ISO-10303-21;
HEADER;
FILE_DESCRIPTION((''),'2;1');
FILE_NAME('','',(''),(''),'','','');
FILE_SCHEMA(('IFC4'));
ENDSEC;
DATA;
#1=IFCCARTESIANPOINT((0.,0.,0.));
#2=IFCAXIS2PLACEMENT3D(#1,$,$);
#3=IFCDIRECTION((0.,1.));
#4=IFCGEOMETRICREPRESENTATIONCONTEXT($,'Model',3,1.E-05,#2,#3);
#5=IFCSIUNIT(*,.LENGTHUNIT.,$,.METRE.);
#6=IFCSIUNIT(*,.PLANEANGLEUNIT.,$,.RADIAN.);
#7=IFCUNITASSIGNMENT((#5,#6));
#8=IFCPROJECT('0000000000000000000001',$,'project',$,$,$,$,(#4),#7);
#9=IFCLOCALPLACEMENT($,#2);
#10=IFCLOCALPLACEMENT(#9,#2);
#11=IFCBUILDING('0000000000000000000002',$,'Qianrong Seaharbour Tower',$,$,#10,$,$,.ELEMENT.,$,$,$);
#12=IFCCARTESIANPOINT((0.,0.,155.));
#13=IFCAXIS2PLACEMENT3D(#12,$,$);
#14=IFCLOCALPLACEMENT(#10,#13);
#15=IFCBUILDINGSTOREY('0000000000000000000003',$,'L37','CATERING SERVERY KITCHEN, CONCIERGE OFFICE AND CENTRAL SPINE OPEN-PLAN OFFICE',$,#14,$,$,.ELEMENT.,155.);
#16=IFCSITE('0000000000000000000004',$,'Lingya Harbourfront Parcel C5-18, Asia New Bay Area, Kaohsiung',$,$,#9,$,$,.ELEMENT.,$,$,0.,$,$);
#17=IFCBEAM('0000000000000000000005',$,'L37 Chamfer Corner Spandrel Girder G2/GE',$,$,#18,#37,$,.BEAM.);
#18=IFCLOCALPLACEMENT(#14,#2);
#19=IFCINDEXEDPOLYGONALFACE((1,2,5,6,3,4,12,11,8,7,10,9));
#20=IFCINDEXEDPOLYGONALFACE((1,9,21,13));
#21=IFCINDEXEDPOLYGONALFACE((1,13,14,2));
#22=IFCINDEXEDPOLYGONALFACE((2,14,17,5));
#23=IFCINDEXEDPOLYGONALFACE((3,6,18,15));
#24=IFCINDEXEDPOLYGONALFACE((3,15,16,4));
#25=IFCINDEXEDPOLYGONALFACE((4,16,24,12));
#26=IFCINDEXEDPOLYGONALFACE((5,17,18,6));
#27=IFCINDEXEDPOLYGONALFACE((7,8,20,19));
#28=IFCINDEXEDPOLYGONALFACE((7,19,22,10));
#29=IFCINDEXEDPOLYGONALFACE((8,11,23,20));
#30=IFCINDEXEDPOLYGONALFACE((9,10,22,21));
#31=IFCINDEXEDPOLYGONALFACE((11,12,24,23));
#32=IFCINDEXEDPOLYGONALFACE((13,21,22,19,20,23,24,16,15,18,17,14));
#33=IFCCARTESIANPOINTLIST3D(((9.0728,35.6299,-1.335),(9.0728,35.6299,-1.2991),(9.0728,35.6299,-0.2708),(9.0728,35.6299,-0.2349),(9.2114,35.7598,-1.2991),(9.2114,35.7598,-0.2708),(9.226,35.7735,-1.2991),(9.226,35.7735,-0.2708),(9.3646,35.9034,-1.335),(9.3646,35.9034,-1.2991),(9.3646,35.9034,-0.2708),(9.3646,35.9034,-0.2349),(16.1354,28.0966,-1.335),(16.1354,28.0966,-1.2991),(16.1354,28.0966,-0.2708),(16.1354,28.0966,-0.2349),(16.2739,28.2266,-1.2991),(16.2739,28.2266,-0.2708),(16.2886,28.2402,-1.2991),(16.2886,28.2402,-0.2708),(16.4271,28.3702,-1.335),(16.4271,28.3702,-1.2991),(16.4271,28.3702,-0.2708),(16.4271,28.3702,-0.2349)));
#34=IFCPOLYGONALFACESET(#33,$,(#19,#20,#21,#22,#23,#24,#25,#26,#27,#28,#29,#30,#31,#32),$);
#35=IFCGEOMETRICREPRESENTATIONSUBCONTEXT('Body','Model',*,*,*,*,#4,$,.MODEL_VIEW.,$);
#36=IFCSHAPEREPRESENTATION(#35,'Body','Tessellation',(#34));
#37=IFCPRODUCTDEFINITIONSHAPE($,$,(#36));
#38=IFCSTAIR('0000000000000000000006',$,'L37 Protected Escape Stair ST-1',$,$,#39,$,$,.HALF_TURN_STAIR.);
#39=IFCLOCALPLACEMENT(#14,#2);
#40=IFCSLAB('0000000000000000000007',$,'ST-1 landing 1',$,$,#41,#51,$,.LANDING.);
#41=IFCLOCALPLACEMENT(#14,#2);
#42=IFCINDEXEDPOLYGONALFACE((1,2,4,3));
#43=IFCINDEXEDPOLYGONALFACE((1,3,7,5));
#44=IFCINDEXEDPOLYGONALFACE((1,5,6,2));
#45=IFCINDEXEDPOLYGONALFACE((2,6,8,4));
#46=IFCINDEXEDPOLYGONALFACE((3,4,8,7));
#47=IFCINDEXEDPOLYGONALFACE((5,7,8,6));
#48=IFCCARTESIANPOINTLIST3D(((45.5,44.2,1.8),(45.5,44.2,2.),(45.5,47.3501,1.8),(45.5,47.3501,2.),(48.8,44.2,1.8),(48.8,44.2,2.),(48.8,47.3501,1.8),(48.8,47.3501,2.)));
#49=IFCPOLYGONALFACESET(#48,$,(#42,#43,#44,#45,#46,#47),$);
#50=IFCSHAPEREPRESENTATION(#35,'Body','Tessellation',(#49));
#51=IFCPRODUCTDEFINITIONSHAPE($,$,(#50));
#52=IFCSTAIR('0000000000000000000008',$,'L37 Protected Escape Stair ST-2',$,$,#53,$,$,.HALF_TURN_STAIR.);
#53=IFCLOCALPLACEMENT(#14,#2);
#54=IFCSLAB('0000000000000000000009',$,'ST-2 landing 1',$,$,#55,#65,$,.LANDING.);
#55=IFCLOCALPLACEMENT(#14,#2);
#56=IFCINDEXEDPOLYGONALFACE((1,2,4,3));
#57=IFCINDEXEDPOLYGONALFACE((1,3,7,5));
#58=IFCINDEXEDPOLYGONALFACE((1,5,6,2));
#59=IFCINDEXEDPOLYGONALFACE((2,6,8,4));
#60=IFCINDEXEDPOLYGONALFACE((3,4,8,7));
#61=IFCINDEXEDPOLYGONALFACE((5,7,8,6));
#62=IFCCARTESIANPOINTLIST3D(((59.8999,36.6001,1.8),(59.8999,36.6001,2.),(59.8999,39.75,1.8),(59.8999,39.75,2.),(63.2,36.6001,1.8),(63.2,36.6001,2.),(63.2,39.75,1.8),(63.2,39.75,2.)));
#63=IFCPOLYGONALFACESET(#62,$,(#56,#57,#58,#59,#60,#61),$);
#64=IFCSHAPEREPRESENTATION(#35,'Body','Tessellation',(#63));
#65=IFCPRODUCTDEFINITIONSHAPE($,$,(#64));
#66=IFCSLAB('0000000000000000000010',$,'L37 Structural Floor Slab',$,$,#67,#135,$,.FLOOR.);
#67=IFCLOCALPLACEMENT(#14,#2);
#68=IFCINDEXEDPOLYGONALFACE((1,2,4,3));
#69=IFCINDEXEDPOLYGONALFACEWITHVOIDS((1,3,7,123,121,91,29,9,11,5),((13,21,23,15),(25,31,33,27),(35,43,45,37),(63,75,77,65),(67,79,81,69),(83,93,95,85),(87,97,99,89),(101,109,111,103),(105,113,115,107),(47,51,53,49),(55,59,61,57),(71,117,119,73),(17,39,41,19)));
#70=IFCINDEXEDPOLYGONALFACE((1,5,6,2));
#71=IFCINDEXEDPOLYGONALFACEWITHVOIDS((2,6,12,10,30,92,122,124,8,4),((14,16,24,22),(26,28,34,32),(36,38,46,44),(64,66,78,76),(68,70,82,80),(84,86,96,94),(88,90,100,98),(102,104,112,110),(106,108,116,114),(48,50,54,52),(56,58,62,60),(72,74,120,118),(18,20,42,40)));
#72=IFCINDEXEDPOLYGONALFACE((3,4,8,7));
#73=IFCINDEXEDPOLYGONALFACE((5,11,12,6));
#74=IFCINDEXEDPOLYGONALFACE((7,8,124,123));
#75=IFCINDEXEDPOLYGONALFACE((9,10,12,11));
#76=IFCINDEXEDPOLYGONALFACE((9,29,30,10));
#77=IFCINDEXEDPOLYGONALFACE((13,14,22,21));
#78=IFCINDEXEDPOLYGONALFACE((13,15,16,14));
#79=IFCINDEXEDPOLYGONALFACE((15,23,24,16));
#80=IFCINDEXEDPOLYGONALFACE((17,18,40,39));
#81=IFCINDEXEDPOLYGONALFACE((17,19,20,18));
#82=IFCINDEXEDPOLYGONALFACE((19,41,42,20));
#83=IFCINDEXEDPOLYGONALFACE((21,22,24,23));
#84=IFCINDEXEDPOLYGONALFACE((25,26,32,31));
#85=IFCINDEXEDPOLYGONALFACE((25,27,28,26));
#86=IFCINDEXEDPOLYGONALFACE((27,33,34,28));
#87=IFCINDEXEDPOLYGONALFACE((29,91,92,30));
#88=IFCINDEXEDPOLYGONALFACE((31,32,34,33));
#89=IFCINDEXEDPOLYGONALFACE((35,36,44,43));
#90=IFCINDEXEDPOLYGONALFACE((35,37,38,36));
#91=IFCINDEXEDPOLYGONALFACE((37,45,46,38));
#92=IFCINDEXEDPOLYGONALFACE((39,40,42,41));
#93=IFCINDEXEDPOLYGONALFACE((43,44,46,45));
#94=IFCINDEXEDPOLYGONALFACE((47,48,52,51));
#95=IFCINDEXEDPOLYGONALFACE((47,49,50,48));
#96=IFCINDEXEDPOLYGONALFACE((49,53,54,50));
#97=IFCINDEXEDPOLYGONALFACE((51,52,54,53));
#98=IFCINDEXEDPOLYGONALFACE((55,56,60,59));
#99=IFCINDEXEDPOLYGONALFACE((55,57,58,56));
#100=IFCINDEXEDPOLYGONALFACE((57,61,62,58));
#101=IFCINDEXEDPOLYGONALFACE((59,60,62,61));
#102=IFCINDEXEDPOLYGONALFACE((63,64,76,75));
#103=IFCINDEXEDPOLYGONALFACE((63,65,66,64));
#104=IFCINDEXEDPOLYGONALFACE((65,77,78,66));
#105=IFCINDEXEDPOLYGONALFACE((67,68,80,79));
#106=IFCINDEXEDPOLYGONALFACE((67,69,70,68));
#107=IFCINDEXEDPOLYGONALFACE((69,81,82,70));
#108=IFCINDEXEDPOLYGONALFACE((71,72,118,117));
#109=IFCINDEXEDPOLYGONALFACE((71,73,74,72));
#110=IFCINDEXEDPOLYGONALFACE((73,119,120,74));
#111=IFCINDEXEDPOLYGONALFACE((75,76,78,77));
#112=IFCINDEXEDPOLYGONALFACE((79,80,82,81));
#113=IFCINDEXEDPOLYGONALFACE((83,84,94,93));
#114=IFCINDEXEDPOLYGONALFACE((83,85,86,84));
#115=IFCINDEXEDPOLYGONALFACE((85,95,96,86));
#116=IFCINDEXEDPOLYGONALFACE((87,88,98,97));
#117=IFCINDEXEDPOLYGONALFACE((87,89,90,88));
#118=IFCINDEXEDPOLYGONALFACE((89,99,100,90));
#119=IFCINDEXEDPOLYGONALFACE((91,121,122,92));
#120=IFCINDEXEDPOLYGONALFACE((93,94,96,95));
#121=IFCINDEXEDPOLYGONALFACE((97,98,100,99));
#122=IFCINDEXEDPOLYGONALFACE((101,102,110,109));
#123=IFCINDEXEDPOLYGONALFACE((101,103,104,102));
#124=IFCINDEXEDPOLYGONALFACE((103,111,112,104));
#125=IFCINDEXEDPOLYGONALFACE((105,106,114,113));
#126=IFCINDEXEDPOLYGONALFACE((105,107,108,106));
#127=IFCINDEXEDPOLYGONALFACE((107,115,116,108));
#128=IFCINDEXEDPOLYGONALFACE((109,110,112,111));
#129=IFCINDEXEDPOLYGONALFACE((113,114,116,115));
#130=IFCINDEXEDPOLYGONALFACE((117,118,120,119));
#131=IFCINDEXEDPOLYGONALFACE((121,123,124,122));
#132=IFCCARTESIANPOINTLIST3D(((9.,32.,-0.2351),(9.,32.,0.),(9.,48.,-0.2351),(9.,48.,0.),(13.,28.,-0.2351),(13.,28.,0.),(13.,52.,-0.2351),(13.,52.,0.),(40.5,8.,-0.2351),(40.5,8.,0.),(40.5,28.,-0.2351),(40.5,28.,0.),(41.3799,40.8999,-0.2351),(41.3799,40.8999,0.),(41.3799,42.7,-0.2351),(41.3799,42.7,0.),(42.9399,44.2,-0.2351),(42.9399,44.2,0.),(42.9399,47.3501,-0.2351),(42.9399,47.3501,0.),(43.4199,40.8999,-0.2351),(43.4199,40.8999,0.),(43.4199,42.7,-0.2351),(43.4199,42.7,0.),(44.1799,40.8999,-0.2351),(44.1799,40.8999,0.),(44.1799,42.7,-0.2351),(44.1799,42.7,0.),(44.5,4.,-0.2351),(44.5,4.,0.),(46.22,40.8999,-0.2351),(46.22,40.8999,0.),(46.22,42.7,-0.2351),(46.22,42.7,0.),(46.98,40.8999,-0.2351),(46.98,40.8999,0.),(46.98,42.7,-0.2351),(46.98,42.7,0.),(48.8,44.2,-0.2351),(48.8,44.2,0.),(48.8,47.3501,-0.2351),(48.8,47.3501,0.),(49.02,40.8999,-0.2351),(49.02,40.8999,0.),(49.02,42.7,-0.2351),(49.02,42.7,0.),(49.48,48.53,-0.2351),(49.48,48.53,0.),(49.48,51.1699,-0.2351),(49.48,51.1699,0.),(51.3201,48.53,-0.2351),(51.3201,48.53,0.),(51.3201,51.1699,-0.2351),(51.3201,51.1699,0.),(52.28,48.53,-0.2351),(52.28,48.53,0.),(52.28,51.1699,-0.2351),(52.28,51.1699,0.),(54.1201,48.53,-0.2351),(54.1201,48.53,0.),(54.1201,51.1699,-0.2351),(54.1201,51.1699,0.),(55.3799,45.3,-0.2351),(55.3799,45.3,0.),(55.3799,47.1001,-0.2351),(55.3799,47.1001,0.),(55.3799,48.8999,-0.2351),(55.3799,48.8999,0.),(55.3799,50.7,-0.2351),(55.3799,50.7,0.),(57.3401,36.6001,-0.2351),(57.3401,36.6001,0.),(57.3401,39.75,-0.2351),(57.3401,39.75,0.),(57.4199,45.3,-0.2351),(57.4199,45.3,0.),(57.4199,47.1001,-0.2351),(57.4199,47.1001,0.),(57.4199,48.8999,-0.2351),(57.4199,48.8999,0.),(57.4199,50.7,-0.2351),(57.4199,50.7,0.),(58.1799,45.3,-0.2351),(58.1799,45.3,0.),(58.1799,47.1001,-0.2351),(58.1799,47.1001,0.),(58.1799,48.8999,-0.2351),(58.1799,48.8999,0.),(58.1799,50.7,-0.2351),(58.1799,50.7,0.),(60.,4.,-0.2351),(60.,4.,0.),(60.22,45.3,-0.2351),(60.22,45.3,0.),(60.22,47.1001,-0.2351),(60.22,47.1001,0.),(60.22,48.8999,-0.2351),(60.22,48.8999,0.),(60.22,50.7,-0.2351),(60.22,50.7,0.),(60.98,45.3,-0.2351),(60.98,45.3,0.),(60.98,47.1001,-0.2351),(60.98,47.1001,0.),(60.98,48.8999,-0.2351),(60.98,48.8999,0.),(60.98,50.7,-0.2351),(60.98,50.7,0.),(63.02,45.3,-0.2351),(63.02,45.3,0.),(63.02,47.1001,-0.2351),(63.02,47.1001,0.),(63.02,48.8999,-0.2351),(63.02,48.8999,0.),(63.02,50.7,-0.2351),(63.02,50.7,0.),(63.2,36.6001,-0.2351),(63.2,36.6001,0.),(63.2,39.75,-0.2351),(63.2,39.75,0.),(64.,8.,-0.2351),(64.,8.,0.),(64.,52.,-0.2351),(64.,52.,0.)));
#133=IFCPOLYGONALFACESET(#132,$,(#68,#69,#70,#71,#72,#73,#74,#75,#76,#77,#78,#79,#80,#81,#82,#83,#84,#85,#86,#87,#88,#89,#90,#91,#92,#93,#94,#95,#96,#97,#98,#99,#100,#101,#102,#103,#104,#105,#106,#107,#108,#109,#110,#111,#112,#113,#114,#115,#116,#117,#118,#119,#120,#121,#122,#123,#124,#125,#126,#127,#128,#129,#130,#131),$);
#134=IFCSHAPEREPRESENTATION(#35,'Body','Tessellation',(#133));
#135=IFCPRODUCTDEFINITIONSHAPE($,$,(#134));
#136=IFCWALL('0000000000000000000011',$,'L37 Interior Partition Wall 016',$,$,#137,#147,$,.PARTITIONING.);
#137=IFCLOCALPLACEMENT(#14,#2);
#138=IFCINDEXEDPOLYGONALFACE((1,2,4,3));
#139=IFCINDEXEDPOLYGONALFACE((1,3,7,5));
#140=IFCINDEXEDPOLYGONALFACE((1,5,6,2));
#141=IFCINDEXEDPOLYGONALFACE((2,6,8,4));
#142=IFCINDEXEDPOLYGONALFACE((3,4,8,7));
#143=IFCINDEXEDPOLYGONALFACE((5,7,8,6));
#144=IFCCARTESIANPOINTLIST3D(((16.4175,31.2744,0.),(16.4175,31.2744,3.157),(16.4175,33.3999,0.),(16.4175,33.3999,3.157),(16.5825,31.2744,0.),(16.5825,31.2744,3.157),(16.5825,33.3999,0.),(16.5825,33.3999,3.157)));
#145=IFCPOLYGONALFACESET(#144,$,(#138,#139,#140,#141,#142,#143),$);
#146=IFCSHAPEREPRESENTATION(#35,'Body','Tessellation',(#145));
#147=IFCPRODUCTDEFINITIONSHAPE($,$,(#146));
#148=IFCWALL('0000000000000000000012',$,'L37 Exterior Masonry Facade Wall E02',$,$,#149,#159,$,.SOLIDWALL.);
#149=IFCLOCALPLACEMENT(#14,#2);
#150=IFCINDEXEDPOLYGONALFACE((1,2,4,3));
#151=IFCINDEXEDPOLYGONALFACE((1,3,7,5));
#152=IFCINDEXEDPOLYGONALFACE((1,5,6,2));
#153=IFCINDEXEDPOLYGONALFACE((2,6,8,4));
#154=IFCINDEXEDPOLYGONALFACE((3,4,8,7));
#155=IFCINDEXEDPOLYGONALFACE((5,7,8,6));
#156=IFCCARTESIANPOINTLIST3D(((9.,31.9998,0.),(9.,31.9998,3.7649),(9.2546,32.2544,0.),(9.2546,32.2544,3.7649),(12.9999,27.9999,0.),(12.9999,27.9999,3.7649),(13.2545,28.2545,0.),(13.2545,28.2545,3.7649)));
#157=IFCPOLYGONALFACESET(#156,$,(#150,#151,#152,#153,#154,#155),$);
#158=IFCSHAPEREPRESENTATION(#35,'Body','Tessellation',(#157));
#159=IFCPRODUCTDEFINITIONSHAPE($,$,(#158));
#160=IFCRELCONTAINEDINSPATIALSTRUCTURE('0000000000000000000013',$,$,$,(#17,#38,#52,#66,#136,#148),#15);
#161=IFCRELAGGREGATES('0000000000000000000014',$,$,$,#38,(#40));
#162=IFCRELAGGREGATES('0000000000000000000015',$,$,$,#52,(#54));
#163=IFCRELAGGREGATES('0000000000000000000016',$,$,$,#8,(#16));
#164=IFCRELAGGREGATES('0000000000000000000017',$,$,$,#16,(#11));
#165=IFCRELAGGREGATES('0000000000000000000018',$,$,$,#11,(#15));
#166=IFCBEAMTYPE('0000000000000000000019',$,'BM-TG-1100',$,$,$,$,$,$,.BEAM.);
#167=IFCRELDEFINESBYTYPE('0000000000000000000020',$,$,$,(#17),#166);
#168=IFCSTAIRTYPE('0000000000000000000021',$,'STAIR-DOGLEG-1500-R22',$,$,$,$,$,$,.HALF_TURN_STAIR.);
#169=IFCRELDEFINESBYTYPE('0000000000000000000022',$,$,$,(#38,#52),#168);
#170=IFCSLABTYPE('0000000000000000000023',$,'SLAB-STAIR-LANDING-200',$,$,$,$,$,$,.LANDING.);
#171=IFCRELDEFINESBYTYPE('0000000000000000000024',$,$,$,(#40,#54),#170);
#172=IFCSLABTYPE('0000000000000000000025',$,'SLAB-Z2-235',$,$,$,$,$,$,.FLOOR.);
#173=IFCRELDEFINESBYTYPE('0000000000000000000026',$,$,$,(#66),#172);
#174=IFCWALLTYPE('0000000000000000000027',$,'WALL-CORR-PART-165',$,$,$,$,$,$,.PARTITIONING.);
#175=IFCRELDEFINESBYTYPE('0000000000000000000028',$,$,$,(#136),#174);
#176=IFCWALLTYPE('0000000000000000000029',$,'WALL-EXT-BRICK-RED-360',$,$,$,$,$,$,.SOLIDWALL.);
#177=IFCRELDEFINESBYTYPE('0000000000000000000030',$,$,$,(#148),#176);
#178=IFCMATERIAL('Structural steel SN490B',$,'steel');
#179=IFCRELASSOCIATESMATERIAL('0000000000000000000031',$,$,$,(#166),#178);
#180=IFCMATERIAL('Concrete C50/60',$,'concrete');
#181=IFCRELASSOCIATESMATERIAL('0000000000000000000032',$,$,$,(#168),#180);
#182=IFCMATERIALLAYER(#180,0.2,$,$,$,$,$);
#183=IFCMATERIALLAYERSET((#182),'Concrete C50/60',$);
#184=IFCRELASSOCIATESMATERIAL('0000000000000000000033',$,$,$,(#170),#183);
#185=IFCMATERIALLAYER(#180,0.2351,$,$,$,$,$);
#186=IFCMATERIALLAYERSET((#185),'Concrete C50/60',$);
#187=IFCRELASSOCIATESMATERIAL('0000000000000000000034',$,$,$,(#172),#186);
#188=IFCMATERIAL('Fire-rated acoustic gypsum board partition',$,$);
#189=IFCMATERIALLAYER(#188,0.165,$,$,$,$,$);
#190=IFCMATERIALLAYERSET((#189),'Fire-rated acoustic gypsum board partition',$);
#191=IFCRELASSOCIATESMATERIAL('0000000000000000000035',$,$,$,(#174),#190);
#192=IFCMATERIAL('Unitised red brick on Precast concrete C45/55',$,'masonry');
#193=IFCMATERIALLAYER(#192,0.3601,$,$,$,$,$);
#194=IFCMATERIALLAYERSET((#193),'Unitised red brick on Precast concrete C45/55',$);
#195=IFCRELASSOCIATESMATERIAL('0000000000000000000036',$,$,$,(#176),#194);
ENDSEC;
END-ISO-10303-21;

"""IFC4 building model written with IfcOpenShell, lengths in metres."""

from ifc_helpers import new_model, si_unit, direction, frame, frame_2d, origin, origin_2d, place, context, subcontext, project, spatial, polyline, rectangle, i_section, outline, extrude, material, layer, layer_set, material_profile, profile_set, type_object, element, aggregate, save


model = new_model("IFC4")

# Units and contexts
model_context = context("Model", 3, precision=1e-05, world=origin(), true_north=direction((0.0, 1.0)))
body_context = subcontext(model_context, "Body", "Model", "MODEL_VIEW")
ifc_project = project(units=[si_unit("LENGTHUNIT", "METRE"), si_unit("PLANEANGLEUNIT", "RADIAN")], contexts=[model_context])

# Site, building, storey
site_placement = place(None, origin())
site = spatial("IfcSite", under=ifc_project, at=site_placement, Name="Lingya Harbourfront Parcel C5-18, Asia New Bay Area, Kaohsiung", CompositionType="ELEMENT", RefElevation=0.0)
building_placement = place(site_placement, origin())
building = spatial("IfcBuilding", under=site, at=building_placement, Name="Qianrong Seaharbour Tower", CompositionType="ELEMENT")
storey_placement = place(building_placement, frame((0.0, 0.0, 155.0)))
storey = spatial("IfcBuildingStorey", under=building, at=storey_placement, Name="L37", Description="CATERING SERVERY KITCHEN, CONCIERGE OFFICE AND CENTRAL SPINE OPEN-PLAN OFFICE", CompositionType="ELEMENT", Elevation=155.0)

# Shared definitions
ifc_material_1 = material(Name="Structural steel SN490B", Category="steel")

# Beam
ifc_material_profile_1 = material_profile(ifc_material_1, i_section(OverallWidth=0.3999, OverallDepth=1.1001, WebThickness=0.02, FlangeThickness=0.0359, at=origin_2d()), Name="BH1100x400x20x36")
ifc_profile_set_1 = profile_set([ifc_material_profile_1], Name="Structural steel SN490B")
beam_type_1 = type_object("IfcBeamType", Name="BM-TG-1100", PredefinedType="BEAM", material=ifc_profile_set_1)
beam_1_placement = place(storey_placement, frame((16.2812, 28.2334, -0.7849), z_axis=(-0.683947, 0.729531, 0.0), x_axis=(-0.729531, -0.683947, 0.0)))
element("IfcBeam", 1, at=beam_1_placement, inside=storey, type_object=beam_type_1, Name="L37 Chamfer Corner Spandrel Girder G2/GE", PredefinedType="BEAM", context=body_context, shape_type="SweptSolid", body=[
    extrude(i_section(OverallWidth=0.3999, OverallDepth=1.1001, WebThickness=0.02, FlangeThickness=0.0359, at=origin_2d()), origin(), (0.0, 0.0, 1.0), 10.3262),
])

# Stairs, slabs
ifc_material_2 = material(Name="Concrete C50/60", Category="concrete")
stair_type = type_object("IfcStairType", Name="STAIR-DOGLEG-1500-R22", PredefinedType="HALF_TURN_STAIR", material=ifc_material_2)
stair_1_placement = place(storey_placement, origin())
stair_1 = element("IfcStair", 2, at=stair_1_placement, inside=storey, type_object=stair_type, Name="L37 Protected Escape Stair ST-1", PredefinedType="HALF_TURN_STAIR")
ifc_layer_1 = layer(ifc_material_2, 0.2)
ifc_layer_set_1 = layer_set([ifc_layer_1], Name="Concrete C50/60")
slab_type_1 = type_object("IfcSlabType", Name="SLAB-STAIR-LANDING-200", PredefinedType="LANDING", material=ifc_layer_set_1)
slab_1_placement = place(storey_placement, frame((0.0, 0.0, 1.8)))
slab_1 = element("IfcSlab", 3, at=slab_1_placement, type_object=slab_type_1, Name="ST-1 landing 1", PredefinedType="LANDING", context=body_context, shape_type="SweptSolid", body=[
    extrude(outline(polyline([(45.5, 44.2), (48.8, 44.2), (48.8, 47.3501), (45.5, 47.3501), (45.5, 44.2)])), origin(), (0.0, 0.0, 1.0), 0.2),
])
aggregate(stair_1, [slab_1])
stair_2_placement = place(storey_placement, origin())
stair_2 = element("IfcStair", 4, at=stair_2_placement, inside=storey, type_object=stair_type, Name="L37 Protected Escape Stair ST-2", PredefinedType="HALF_TURN_STAIR")
slab_2_placement = place(storey_placement, frame((0.0, 0.0, 1.8)))
slab_2 = element("IfcSlab", 5, at=slab_2_placement, type_object=slab_type_1, Name="ST-2 landing 1", PredefinedType="LANDING", context=body_context, shape_type="SweptSolid", body=[
    extrude(outline(polyline([(59.8999, 36.6001), (63.2, 36.6001), (63.2, 39.75), (59.8999, 39.75), (59.8999, 36.6001)])), origin(), (0.0, 0.0, 1.0), 0.2),
])
aggregate(stair_2, [slab_2])

# Slab
ifc_layer_2 = layer(ifc_material_2, 0.2351)
ifc_layer_set_2 = layer_set([ifc_layer_2], Name="Concrete C50/60")
slab_type_2 = type_object("IfcSlabType", Name="SLAB-Z2-235", PredefinedType="FLOOR", material=ifc_layer_set_2)
slab_3_placement = place(storey_placement, frame((0.0, 0.0, -0.2351)))
element("IfcSlab", 6, at=slab_3_placement, inside=storey, type_object=slab_type_2, Name="L37 Structural Floor Slab", PredefinedType="FLOOR", context=body_context, shape_type="SweptSolid", body=[
    extrude(outline(polyline([(44.5, 4.0), (60.0, 4.0), (64.0, 8.0), (64.0, 52.0), (13.0, 52.0), (9.0, 48.0), (9.0, 32.0), (13.0, 28.0), (40.5, 28.0), (40.5, 8.0), (44.5, 4.0)]), holes=[polyline([(42.9399, 44.2), (42.9399, 47.3501), (48.8, 47.3501), (48.8, 44.2), (42.9399, 44.2)]), polyline([(57.3401, 36.6001), (57.3401, 39.75), (63.2, 39.75), (63.2, 36.6001), (57.3401, 36.6001)]), polyline([(49.48, 48.53), (49.48, 51.1699), (51.3201, 51.1699), (51.3201, 48.53), (49.48, 48.53)]), polyline([(52.28, 48.53), (52.28, 51.1699), (54.1201, 51.1699), (54.1201, 48.53), (52.28, 48.53)]), polyline([(41.3799, 40.8999), (41.3799, 42.7), (43.4199, 42.7), (43.4199, 40.8999), (41.3799, 40.8999)]), polyline([(44.1799, 40.8999), (44.1799, 42.7), (46.22, 42.7), (46.22, 40.8999), (44.1799, 40.8999)]), polyline([(46.98, 40.8999), (46.98, 42.7), (49.02, 42.7), (49.02, 40.8999), (46.98, 40.8999)]), polyline([(55.3799, 45.3), (55.3799, 47.1001), (57.4199, 47.1001), (57.4199, 45.3), (55.3799, 45.3)]), polyline([(58.1799, 45.3), (58.1799, 47.1001), (60.22, 47.1001), (60.22, 45.3), (58.1799, 45.3)]), polyline([(60.98, 45.3), (60.98, 47.1001), (63.02, 47.1001), (63.02, 45.3), (60.98, 45.3)]), polyline([(55.3799, 48.8999), (55.3799, 50.7), (57.4199, 50.7), (57.4199, 48.8999), (55.3799, 48.8999)]), polyline([(58.1799, 48.8999), (58.1799, 50.7), (60.22, 50.7), (60.22, 48.8999), (58.1799, 48.8999)]), polyline([(60.98, 48.8999), (60.98, 50.7), (63.02, 50.7), (63.02, 48.8999), (60.98, 48.8999)])]), origin(), (0.0, 0.0, 1.0), 0.2351),
])

# Walls
ifc_material_3 = material(Name="Fire-rated acoustic gypsum board partition")
ifc_layer_3 = layer(ifc_material_3, 0.165)
ifc_layer_set_3 = layer_set([ifc_layer_3], Name="Fire-rated acoustic gypsum board partition")
wall_type_1 = type_object("IfcWallType", Name="WALL-CORR-PART-165", PredefinedType="PARTITIONING", material=ifc_layer_set_3)
wall_1_placement = place(storey_placement, frame((16.5, 31.2744, 0.0), z_axis=(0.0, 0.0, 1.0), x_axis=(0.0, 1.0, 0.0)))
element("IfcWall", 7, at=wall_1_placement, inside=storey, type_object=wall_type_1, Name="L37 Interior Partition Wall 016", PredefinedType="PARTITIONING", context=body_context, shape_type="SweptSolid", body=[
    extrude(rectangle(XDim=2.1255, YDim=0.165, at=frame_2d((1.0627, 0.0))), origin(), (0.0, 0.0, 1.0), 3.157),
])
ifc_material_4 = material(Name="Unitised red brick on Precast concrete C45/55", Category="masonry")
ifc_layer_4 = layer(ifc_material_4, 0.3601)
ifc_layer_set_4 = layer_set([ifc_layer_4], Name="Unitised red brick on Precast concrete C45/55")
wall_type_2 = type_object("IfcWallType", Name="WALL-EXT-BRICK-RED-360", PredefinedType="SOLIDWALL", material=ifc_layer_set_4)
wall_2_placement = place(storey_placement, frame((13.1272, 28.1272, 0.0), z_axis=(0.0, 0.0, 1.0), x_axis=(-0.707107, 0.707107, 0.0)))
element("IfcWall", 8, at=wall_2_placement, inside=storey, type_object=wall_type_2, Name="L37 Exterior Masonry Facade Wall E02", PredefinedType="SOLIDWALL", context=body_context, shape_type="SweptSolid", body=[
    extrude(rectangle(XDim=5.6567, YDim=0.3601, at=frame_2d((2.8284, 0.0))), origin(), (0.0, 0.0, 1.0), 3.7649),
])

save(model, "model.ifc")
